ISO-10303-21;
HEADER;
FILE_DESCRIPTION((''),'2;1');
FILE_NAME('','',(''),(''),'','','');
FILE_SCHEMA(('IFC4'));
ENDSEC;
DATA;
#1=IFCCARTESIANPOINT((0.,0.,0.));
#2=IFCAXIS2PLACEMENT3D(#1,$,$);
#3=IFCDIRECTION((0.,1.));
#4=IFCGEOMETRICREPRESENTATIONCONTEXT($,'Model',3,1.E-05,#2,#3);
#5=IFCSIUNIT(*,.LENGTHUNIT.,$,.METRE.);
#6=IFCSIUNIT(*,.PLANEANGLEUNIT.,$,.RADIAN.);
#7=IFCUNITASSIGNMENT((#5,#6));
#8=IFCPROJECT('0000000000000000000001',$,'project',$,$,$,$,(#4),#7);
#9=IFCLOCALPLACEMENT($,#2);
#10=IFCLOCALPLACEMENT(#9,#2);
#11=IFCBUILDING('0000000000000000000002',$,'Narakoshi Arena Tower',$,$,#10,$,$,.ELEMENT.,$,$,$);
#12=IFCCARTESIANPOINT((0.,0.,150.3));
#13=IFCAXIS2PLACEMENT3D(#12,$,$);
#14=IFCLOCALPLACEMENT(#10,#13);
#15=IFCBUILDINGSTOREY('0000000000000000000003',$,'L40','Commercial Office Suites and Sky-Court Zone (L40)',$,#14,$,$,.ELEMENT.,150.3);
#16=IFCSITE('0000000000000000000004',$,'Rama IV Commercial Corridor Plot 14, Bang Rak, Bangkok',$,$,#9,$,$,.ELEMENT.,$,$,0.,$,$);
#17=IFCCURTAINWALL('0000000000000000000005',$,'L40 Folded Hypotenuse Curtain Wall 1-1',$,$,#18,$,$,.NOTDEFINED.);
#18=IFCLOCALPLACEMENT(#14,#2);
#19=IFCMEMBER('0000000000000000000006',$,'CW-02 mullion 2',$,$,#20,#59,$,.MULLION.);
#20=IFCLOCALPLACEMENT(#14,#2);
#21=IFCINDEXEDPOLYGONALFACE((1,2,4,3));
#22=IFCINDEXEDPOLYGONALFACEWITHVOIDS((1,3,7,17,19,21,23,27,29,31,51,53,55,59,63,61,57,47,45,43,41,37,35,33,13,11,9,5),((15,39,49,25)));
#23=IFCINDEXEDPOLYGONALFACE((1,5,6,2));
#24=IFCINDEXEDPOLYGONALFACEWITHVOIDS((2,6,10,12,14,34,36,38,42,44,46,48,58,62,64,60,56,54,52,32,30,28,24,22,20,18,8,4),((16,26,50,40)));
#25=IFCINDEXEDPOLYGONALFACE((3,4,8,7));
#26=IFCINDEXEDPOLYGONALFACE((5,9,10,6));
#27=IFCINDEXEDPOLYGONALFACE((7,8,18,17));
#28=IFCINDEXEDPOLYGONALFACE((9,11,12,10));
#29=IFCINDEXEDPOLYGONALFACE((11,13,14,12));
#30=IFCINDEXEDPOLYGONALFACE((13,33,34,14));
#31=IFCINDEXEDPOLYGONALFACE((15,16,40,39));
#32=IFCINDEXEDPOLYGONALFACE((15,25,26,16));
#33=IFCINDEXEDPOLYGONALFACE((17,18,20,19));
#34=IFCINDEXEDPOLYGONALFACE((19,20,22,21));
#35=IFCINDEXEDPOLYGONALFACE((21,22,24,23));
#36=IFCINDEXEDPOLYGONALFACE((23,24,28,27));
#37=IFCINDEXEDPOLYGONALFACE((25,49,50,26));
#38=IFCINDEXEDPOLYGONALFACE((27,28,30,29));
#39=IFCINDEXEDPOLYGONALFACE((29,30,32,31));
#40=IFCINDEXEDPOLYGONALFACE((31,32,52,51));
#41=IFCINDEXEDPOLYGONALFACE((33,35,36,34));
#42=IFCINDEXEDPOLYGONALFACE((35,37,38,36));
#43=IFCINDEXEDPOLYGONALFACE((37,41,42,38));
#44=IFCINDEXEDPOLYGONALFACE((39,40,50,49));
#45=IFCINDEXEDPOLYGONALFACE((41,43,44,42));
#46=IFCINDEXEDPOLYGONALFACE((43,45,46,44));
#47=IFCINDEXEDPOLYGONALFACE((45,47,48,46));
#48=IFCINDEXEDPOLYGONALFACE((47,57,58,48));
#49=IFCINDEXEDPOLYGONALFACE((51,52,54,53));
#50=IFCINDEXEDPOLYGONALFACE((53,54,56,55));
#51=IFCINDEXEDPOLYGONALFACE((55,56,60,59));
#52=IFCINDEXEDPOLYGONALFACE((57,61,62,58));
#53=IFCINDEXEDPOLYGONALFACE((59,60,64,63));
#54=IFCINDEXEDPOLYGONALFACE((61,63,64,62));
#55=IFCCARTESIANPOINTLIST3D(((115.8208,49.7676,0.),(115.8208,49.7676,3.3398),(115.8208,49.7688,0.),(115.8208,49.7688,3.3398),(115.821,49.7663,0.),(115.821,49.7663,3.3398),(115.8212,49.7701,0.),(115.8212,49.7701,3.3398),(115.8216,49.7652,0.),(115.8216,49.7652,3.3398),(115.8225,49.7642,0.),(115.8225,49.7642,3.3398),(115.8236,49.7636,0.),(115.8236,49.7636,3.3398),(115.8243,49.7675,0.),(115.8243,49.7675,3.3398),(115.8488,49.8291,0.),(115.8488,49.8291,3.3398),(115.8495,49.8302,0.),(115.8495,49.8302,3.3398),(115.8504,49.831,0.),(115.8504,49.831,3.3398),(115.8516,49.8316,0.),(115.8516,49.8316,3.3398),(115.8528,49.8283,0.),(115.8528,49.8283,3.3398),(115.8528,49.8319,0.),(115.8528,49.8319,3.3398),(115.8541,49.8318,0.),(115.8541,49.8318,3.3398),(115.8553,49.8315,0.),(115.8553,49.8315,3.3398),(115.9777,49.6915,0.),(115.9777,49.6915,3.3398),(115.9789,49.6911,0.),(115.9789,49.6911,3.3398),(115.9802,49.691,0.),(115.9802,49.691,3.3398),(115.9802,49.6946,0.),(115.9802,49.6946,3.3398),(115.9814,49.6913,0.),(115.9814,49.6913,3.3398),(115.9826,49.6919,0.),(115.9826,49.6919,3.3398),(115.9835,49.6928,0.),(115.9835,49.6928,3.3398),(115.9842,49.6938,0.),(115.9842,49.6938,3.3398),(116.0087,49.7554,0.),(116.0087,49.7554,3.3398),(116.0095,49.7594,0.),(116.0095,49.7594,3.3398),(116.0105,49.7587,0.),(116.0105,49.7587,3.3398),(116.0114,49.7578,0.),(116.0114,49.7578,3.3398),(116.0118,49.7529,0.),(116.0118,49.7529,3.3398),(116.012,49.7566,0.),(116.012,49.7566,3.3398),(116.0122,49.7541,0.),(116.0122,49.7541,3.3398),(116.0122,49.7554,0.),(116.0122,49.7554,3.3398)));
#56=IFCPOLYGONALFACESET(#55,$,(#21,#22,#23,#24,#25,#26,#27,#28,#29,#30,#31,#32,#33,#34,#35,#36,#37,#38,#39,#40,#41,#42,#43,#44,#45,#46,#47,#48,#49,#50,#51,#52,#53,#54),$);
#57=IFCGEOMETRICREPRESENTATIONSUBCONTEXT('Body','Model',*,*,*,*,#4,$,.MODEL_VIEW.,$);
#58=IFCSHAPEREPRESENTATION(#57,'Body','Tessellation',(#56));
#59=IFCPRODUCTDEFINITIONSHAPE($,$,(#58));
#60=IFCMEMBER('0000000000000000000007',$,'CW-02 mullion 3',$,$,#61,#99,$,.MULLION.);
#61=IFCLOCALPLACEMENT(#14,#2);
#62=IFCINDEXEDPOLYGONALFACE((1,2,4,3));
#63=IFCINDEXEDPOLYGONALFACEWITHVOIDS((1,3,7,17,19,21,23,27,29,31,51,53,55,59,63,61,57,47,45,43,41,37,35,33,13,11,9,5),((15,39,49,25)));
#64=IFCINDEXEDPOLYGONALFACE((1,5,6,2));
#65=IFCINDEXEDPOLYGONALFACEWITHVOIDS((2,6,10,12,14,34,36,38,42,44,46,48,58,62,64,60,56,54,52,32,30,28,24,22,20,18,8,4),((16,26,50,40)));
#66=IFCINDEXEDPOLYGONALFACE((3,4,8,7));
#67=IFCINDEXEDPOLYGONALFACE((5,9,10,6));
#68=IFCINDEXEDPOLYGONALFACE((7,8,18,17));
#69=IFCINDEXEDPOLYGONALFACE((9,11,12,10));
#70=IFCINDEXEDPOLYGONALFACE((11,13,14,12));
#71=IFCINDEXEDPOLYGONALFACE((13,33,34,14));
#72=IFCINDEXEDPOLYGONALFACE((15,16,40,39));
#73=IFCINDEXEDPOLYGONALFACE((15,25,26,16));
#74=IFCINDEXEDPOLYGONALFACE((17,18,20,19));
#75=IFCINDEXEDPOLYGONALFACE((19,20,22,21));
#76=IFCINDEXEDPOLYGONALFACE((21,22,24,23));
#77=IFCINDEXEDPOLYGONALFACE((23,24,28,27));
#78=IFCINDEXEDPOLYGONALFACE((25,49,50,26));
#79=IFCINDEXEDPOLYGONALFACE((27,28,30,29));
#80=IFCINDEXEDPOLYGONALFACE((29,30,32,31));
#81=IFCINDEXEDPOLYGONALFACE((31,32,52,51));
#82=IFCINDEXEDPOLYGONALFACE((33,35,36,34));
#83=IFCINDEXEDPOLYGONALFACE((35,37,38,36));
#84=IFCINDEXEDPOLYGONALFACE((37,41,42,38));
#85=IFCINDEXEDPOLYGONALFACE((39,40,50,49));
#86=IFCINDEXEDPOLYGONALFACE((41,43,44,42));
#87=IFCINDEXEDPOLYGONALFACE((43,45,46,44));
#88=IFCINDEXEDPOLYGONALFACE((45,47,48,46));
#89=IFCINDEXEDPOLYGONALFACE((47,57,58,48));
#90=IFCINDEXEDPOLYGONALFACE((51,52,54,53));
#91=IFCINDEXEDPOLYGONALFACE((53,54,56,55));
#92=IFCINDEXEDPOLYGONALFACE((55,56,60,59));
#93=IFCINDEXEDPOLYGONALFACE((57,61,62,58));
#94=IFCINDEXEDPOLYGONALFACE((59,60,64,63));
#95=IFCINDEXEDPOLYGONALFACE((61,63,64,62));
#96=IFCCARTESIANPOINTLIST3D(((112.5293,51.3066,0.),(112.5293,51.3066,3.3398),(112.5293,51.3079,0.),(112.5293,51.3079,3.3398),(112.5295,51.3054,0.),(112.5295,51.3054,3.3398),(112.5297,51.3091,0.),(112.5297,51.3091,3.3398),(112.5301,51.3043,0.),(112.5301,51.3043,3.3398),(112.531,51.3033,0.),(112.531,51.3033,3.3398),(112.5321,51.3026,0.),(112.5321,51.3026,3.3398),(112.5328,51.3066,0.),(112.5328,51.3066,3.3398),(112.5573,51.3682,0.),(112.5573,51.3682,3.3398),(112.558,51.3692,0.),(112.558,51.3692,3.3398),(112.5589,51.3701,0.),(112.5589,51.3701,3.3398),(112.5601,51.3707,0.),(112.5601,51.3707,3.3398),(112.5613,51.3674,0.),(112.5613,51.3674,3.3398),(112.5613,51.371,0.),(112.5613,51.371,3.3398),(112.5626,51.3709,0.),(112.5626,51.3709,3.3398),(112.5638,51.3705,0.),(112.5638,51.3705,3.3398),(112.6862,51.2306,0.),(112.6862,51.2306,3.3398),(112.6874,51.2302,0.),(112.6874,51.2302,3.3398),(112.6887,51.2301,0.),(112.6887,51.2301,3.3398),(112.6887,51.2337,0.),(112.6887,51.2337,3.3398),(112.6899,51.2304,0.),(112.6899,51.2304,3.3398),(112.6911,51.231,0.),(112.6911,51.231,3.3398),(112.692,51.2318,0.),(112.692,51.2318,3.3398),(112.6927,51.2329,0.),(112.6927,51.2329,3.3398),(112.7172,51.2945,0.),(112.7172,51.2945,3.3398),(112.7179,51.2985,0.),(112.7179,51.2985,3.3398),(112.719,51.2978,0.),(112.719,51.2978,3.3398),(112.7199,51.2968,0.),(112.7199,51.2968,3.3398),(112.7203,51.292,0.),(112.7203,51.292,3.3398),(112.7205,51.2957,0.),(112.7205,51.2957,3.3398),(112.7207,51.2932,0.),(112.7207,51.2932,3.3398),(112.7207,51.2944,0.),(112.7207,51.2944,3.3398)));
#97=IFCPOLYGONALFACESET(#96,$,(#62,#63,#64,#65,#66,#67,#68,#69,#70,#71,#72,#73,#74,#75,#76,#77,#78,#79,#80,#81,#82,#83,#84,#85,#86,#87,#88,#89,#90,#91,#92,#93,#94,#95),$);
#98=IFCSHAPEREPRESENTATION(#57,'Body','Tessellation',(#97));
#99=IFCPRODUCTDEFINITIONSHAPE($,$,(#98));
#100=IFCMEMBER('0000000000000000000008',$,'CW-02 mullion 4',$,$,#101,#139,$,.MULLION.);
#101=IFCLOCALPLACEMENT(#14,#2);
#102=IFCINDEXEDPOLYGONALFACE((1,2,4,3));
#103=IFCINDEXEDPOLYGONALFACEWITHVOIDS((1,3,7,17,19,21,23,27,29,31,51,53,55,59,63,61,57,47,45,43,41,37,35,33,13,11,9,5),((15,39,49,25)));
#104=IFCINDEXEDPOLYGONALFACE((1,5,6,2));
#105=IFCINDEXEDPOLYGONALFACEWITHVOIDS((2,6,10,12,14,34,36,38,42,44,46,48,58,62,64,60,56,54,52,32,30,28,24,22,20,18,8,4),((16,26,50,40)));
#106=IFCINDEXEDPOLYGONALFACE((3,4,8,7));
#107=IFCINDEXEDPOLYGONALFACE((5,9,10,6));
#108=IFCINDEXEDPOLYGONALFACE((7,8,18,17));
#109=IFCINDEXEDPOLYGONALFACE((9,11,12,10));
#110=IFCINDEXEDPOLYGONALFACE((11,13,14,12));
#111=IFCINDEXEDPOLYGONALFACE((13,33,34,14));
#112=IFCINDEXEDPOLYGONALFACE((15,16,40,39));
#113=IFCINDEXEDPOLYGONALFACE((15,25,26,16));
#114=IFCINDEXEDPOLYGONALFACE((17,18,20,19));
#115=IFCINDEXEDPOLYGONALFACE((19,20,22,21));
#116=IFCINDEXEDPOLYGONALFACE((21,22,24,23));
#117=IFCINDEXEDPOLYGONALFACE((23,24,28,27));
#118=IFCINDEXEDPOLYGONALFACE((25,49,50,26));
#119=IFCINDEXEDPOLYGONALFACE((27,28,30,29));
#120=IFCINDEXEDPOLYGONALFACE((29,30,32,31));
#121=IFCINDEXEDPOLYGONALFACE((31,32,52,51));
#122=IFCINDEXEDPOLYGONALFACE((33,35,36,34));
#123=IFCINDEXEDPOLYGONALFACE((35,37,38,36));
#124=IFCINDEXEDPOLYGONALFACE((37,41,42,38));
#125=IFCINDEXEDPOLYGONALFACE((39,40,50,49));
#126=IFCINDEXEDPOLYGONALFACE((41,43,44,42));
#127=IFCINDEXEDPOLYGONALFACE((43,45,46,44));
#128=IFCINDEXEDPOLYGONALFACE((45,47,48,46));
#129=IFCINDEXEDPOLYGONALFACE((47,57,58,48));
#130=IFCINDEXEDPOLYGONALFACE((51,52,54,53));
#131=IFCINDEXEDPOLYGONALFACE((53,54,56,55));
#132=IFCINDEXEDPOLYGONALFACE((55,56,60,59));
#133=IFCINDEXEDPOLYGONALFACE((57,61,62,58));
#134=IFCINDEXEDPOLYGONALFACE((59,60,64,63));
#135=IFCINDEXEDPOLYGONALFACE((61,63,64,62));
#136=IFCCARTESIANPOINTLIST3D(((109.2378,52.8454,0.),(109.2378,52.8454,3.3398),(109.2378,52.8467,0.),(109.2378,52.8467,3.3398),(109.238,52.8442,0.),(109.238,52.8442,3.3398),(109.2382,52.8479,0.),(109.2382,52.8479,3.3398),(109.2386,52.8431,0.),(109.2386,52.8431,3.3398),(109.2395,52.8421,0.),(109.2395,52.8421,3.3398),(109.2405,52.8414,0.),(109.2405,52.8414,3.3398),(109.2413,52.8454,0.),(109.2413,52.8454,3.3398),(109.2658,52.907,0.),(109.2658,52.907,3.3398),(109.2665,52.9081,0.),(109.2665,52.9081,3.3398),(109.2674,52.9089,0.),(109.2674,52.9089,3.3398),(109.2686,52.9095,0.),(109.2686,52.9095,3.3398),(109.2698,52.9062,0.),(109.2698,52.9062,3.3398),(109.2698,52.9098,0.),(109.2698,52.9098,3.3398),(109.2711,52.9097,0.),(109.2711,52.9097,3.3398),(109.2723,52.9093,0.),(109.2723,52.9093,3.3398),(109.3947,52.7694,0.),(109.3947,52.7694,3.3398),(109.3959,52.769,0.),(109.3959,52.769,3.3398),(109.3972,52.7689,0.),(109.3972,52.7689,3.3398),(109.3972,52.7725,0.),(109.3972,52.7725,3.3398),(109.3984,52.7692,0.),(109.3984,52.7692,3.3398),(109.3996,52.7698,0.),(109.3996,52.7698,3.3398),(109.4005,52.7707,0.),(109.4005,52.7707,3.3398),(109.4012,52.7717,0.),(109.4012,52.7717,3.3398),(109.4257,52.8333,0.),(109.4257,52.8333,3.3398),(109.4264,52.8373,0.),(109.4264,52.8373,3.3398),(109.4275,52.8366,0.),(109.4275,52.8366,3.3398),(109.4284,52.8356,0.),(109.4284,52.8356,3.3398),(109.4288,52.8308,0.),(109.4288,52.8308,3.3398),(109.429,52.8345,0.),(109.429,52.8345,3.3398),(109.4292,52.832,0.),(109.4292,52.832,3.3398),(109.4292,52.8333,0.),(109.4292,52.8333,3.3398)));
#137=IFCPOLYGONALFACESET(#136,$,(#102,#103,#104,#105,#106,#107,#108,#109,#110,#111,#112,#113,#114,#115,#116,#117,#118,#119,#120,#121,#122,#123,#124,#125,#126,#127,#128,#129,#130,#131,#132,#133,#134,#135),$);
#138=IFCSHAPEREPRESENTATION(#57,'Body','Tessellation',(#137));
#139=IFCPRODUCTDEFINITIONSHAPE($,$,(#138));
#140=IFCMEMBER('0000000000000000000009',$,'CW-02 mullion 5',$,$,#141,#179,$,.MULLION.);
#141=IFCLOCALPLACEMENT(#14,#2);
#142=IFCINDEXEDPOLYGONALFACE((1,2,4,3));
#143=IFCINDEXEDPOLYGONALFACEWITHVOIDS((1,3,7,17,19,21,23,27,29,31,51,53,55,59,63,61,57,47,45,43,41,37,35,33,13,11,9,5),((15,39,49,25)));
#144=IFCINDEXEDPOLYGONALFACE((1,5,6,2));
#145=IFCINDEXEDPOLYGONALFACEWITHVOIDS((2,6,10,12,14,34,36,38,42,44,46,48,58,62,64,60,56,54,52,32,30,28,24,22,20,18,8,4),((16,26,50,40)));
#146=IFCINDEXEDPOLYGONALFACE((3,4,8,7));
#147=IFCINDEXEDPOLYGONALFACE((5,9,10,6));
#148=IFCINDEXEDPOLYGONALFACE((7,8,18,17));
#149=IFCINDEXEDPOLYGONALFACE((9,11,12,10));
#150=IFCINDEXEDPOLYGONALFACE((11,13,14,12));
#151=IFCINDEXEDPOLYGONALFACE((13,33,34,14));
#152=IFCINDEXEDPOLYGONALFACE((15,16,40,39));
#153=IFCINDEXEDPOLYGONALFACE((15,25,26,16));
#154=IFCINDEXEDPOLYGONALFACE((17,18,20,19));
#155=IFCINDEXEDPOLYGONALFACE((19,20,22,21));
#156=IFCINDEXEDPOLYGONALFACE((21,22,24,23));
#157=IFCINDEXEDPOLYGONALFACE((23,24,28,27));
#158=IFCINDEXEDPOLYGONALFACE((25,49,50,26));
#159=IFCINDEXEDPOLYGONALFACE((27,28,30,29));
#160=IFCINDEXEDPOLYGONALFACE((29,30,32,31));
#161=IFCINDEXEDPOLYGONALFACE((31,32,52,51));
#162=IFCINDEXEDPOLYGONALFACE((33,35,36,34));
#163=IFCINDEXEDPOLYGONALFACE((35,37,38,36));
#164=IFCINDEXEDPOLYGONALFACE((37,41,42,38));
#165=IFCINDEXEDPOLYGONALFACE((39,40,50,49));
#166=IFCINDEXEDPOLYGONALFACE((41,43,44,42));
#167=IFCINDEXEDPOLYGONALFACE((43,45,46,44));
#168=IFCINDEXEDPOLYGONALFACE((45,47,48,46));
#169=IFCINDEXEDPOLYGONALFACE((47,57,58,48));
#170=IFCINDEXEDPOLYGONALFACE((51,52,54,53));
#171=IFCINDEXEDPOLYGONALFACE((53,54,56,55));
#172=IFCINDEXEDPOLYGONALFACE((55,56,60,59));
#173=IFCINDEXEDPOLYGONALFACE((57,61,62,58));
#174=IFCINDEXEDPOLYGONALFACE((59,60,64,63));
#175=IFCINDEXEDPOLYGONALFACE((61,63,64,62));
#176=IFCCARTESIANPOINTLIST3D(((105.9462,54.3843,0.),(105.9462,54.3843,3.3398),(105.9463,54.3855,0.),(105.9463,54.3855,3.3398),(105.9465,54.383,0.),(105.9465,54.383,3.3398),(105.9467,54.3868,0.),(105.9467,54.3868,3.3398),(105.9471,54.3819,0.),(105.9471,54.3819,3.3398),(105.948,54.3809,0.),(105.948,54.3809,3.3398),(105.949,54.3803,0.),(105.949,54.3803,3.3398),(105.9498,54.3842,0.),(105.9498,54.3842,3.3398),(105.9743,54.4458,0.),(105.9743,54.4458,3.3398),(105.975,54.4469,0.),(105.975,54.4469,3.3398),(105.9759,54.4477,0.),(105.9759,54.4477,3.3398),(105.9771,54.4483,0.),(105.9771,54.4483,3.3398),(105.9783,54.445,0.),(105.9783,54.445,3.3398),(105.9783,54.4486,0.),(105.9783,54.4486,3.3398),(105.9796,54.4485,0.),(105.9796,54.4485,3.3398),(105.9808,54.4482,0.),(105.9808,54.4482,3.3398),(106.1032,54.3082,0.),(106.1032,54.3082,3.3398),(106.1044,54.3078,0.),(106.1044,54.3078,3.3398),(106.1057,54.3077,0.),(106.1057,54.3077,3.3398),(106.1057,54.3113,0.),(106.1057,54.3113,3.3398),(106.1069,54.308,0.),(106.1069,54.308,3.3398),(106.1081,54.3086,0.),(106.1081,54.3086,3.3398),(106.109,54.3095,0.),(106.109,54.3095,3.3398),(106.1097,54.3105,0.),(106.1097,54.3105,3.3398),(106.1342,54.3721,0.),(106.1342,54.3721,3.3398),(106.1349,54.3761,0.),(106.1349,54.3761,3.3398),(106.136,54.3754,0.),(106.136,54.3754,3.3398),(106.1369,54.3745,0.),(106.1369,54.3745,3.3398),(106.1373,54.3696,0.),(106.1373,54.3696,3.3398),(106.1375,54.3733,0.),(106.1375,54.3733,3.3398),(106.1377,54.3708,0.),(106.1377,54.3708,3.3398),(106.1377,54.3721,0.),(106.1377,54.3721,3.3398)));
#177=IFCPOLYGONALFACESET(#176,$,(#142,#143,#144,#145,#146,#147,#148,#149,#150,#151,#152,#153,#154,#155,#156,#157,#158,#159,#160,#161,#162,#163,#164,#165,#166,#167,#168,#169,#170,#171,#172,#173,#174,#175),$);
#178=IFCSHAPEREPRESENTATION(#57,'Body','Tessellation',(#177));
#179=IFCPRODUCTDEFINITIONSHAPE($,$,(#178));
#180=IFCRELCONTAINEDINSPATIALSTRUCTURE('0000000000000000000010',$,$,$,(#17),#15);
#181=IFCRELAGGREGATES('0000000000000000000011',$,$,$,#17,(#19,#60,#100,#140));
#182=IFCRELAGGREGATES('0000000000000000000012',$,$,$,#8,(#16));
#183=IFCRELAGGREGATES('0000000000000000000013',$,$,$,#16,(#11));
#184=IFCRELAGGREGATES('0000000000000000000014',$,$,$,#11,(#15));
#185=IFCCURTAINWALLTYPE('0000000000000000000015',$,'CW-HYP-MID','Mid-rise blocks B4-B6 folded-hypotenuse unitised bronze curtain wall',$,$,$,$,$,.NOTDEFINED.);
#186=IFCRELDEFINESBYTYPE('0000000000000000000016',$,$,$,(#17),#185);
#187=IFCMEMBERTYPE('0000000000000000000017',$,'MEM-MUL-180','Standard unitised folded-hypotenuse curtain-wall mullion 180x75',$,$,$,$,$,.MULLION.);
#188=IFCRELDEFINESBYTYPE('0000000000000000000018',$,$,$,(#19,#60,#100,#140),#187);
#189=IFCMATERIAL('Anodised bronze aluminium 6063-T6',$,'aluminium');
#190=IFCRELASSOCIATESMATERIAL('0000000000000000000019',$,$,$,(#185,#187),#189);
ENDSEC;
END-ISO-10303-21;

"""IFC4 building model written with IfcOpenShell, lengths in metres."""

from ifc_helpers import new_model, si_unit, direction, frame, origin, origin_2d, place, context, subcontext, project, spatial, hollow_rectangle, extrude, material, material_profile, profile_set, type_object, element, aggregate, save


model = new_model("IFC4")

# Units and contexts
model_context = context("Model", 3, precision=1e-05, world=origin(), true_north=direction((0.0, 1.0)))
body_context = subcontext(model_context, "Body", "Model", "MODEL_VIEW")
ifc_project = project(units=[si_unit("LENGTHUNIT", "METRE"), si_unit("PLANEANGLEUNIT", "RADIAN")], contexts=[model_context])

# Site, building, storey
site_placement = place(None, origin())
site = spatial("IfcSite", under=ifc_project, at=site_placement, Name="Rama IV Commercial Corridor Plot 14, Bang Rak, Bangkok", CompositionType="ELEMENT", RefElevation=0.0)
building_placement = place(site_placement, origin())
building = spatial("IfcBuilding", under=site, at=building_placement, Name="Narakoshi Arena Tower", CompositionType="ELEMENT")
storey_placement = place(building_placement, frame((0.0, 0.0, 150.3)))
storey = spatial("IfcBuildingStorey", under=building, at=storey_placement, Name="L40", Description="Commercial Office Suites and Sky-Court Zone (L40)", CompositionType="ELEMENT", Elevation=150.3)

# Curtain wall, members
ifc_material_1 = material(Name="Anodised bronze aluminium 6063-T6", Category="aluminium")
curtain_wall_type = type_object("IfcCurtainWallType", Name="CW-HYP-MID", Description="Mid-rise blocks B4-B6 folded-hypotenuse unitised bronze curtain wall", PredefinedType="NOTDEFINED", material=ifc_material_1)
curtain_wall_placement = place(storey_placement, origin())
curtain_wall = element("IfcCurtainWall", 1, at=curtain_wall_placement, inside=storey, type_object=curtain_wall_type, Name="L40 Folded Hypotenuse Curtain Wall 1-1", PredefinedType="NOTDEFINED")
ifc_material_profile_1 = material_profile(ifc_material_1, hollow_rectangle(XDim=0.075, YDim=0.1799, WallThickness=0.0039, OuterFilletRadius=0.0049, at=origin_2d()), Name="MUL180x75x4")
ifc_profile_set_1 = profile_set([ifc_material_profile_1], Name="Anodised bronze aluminium 6063-T6")
member_type_1 = type_object("IfcMemberType", Name="MEM-MUL-180", Description="Standard unitised folded-hypotenuse curtain-wall mullion 180x75", PredefinedType="MULLION", material=ifc_profile_set_1)
member_1_placement = place(storey_placement, frame((115.9165, 49.7615, 0.0), z_axis=(0.0, 0.0, 1.0), x_axis=(-0.423532, -0.905881, 0.0)))
member_1 = element("IfcMember", 2, at=member_1_placement, type_object=member_type_1, Name="CW-02 mullion 2", PredefinedType="MULLION", context=body_context, shape_type="SweptSolid", body=[
    extrude(hollow_rectangle(XDim=0.075, YDim=0.1799, WallThickness=0.0039, OuterFilletRadius=0.0049, at=origin_2d()), origin(), (0.0, 0.0, 1.0), 3.3398),
])
member_2_placement = place(storey_placement, frame((112.625, 51.3005, 0.0), z_axis=(0.0, 0.0, 1.0), x_axis=(-0.423532, -0.905881, 0.0)))
member_2 = element("IfcMember", 3, at=member_2_placement, type_object=member_type_1, Name="CW-02 mullion 3", PredefinedType="MULLION", context=body_context, shape_type="SweptSolid", body=[
    extrude(hollow_rectangle(XDim=0.075, YDim=0.1799, WallThickness=0.0039, OuterFilletRadius=0.0049, at=origin_2d()), origin(), (0.0, 0.0, 1.0), 3.3398),
])
member_3_placement = place(storey_placement, frame((109.3335, 52.8394, 0.0), z_axis=(0.0, 0.0, 1.0), x_axis=(-0.423532, -0.905881, 0.0)))
member_3 = element("IfcMember", 4, at=member_3_placement, type_object=member_type_1, Name="CW-02 mullion 4", PredefinedType="MULLION", context=body_context, shape_type="SweptSolid", body=[
    extrude(hollow_rectangle(XDim=0.075, YDim=0.1799, WallThickness=0.0039, OuterFilletRadius=0.0049, at=origin_2d()), origin(), (0.0, 0.0, 1.0), 3.3398),
])
member_4_placement = place(storey_placement, frame((106.042, 54.3782, 0.0), z_axis=(0.0, 0.0, 1.0), x_axis=(-0.423532, -0.905881, 0.0)))
member_4 = element("IfcMember", 5, at=member_4_placement, type_object=member_type_1, Name="CW-02 mullion 5", PredefinedType="MULLION", context=body_context, shape_type="SweptSolid", body=[
    extrude(hollow_rectangle(XDim=0.075, YDim=0.1799, WallThickness=0.0039, OuterFilletRadius=0.0049, at=origin_2d()), origin(), (0.0, 0.0, 1.0), 3.3398),
])
aggregate(curtain_wall, [member_1, member_2, member_3, member_4])

save(model, "model.ifc")
